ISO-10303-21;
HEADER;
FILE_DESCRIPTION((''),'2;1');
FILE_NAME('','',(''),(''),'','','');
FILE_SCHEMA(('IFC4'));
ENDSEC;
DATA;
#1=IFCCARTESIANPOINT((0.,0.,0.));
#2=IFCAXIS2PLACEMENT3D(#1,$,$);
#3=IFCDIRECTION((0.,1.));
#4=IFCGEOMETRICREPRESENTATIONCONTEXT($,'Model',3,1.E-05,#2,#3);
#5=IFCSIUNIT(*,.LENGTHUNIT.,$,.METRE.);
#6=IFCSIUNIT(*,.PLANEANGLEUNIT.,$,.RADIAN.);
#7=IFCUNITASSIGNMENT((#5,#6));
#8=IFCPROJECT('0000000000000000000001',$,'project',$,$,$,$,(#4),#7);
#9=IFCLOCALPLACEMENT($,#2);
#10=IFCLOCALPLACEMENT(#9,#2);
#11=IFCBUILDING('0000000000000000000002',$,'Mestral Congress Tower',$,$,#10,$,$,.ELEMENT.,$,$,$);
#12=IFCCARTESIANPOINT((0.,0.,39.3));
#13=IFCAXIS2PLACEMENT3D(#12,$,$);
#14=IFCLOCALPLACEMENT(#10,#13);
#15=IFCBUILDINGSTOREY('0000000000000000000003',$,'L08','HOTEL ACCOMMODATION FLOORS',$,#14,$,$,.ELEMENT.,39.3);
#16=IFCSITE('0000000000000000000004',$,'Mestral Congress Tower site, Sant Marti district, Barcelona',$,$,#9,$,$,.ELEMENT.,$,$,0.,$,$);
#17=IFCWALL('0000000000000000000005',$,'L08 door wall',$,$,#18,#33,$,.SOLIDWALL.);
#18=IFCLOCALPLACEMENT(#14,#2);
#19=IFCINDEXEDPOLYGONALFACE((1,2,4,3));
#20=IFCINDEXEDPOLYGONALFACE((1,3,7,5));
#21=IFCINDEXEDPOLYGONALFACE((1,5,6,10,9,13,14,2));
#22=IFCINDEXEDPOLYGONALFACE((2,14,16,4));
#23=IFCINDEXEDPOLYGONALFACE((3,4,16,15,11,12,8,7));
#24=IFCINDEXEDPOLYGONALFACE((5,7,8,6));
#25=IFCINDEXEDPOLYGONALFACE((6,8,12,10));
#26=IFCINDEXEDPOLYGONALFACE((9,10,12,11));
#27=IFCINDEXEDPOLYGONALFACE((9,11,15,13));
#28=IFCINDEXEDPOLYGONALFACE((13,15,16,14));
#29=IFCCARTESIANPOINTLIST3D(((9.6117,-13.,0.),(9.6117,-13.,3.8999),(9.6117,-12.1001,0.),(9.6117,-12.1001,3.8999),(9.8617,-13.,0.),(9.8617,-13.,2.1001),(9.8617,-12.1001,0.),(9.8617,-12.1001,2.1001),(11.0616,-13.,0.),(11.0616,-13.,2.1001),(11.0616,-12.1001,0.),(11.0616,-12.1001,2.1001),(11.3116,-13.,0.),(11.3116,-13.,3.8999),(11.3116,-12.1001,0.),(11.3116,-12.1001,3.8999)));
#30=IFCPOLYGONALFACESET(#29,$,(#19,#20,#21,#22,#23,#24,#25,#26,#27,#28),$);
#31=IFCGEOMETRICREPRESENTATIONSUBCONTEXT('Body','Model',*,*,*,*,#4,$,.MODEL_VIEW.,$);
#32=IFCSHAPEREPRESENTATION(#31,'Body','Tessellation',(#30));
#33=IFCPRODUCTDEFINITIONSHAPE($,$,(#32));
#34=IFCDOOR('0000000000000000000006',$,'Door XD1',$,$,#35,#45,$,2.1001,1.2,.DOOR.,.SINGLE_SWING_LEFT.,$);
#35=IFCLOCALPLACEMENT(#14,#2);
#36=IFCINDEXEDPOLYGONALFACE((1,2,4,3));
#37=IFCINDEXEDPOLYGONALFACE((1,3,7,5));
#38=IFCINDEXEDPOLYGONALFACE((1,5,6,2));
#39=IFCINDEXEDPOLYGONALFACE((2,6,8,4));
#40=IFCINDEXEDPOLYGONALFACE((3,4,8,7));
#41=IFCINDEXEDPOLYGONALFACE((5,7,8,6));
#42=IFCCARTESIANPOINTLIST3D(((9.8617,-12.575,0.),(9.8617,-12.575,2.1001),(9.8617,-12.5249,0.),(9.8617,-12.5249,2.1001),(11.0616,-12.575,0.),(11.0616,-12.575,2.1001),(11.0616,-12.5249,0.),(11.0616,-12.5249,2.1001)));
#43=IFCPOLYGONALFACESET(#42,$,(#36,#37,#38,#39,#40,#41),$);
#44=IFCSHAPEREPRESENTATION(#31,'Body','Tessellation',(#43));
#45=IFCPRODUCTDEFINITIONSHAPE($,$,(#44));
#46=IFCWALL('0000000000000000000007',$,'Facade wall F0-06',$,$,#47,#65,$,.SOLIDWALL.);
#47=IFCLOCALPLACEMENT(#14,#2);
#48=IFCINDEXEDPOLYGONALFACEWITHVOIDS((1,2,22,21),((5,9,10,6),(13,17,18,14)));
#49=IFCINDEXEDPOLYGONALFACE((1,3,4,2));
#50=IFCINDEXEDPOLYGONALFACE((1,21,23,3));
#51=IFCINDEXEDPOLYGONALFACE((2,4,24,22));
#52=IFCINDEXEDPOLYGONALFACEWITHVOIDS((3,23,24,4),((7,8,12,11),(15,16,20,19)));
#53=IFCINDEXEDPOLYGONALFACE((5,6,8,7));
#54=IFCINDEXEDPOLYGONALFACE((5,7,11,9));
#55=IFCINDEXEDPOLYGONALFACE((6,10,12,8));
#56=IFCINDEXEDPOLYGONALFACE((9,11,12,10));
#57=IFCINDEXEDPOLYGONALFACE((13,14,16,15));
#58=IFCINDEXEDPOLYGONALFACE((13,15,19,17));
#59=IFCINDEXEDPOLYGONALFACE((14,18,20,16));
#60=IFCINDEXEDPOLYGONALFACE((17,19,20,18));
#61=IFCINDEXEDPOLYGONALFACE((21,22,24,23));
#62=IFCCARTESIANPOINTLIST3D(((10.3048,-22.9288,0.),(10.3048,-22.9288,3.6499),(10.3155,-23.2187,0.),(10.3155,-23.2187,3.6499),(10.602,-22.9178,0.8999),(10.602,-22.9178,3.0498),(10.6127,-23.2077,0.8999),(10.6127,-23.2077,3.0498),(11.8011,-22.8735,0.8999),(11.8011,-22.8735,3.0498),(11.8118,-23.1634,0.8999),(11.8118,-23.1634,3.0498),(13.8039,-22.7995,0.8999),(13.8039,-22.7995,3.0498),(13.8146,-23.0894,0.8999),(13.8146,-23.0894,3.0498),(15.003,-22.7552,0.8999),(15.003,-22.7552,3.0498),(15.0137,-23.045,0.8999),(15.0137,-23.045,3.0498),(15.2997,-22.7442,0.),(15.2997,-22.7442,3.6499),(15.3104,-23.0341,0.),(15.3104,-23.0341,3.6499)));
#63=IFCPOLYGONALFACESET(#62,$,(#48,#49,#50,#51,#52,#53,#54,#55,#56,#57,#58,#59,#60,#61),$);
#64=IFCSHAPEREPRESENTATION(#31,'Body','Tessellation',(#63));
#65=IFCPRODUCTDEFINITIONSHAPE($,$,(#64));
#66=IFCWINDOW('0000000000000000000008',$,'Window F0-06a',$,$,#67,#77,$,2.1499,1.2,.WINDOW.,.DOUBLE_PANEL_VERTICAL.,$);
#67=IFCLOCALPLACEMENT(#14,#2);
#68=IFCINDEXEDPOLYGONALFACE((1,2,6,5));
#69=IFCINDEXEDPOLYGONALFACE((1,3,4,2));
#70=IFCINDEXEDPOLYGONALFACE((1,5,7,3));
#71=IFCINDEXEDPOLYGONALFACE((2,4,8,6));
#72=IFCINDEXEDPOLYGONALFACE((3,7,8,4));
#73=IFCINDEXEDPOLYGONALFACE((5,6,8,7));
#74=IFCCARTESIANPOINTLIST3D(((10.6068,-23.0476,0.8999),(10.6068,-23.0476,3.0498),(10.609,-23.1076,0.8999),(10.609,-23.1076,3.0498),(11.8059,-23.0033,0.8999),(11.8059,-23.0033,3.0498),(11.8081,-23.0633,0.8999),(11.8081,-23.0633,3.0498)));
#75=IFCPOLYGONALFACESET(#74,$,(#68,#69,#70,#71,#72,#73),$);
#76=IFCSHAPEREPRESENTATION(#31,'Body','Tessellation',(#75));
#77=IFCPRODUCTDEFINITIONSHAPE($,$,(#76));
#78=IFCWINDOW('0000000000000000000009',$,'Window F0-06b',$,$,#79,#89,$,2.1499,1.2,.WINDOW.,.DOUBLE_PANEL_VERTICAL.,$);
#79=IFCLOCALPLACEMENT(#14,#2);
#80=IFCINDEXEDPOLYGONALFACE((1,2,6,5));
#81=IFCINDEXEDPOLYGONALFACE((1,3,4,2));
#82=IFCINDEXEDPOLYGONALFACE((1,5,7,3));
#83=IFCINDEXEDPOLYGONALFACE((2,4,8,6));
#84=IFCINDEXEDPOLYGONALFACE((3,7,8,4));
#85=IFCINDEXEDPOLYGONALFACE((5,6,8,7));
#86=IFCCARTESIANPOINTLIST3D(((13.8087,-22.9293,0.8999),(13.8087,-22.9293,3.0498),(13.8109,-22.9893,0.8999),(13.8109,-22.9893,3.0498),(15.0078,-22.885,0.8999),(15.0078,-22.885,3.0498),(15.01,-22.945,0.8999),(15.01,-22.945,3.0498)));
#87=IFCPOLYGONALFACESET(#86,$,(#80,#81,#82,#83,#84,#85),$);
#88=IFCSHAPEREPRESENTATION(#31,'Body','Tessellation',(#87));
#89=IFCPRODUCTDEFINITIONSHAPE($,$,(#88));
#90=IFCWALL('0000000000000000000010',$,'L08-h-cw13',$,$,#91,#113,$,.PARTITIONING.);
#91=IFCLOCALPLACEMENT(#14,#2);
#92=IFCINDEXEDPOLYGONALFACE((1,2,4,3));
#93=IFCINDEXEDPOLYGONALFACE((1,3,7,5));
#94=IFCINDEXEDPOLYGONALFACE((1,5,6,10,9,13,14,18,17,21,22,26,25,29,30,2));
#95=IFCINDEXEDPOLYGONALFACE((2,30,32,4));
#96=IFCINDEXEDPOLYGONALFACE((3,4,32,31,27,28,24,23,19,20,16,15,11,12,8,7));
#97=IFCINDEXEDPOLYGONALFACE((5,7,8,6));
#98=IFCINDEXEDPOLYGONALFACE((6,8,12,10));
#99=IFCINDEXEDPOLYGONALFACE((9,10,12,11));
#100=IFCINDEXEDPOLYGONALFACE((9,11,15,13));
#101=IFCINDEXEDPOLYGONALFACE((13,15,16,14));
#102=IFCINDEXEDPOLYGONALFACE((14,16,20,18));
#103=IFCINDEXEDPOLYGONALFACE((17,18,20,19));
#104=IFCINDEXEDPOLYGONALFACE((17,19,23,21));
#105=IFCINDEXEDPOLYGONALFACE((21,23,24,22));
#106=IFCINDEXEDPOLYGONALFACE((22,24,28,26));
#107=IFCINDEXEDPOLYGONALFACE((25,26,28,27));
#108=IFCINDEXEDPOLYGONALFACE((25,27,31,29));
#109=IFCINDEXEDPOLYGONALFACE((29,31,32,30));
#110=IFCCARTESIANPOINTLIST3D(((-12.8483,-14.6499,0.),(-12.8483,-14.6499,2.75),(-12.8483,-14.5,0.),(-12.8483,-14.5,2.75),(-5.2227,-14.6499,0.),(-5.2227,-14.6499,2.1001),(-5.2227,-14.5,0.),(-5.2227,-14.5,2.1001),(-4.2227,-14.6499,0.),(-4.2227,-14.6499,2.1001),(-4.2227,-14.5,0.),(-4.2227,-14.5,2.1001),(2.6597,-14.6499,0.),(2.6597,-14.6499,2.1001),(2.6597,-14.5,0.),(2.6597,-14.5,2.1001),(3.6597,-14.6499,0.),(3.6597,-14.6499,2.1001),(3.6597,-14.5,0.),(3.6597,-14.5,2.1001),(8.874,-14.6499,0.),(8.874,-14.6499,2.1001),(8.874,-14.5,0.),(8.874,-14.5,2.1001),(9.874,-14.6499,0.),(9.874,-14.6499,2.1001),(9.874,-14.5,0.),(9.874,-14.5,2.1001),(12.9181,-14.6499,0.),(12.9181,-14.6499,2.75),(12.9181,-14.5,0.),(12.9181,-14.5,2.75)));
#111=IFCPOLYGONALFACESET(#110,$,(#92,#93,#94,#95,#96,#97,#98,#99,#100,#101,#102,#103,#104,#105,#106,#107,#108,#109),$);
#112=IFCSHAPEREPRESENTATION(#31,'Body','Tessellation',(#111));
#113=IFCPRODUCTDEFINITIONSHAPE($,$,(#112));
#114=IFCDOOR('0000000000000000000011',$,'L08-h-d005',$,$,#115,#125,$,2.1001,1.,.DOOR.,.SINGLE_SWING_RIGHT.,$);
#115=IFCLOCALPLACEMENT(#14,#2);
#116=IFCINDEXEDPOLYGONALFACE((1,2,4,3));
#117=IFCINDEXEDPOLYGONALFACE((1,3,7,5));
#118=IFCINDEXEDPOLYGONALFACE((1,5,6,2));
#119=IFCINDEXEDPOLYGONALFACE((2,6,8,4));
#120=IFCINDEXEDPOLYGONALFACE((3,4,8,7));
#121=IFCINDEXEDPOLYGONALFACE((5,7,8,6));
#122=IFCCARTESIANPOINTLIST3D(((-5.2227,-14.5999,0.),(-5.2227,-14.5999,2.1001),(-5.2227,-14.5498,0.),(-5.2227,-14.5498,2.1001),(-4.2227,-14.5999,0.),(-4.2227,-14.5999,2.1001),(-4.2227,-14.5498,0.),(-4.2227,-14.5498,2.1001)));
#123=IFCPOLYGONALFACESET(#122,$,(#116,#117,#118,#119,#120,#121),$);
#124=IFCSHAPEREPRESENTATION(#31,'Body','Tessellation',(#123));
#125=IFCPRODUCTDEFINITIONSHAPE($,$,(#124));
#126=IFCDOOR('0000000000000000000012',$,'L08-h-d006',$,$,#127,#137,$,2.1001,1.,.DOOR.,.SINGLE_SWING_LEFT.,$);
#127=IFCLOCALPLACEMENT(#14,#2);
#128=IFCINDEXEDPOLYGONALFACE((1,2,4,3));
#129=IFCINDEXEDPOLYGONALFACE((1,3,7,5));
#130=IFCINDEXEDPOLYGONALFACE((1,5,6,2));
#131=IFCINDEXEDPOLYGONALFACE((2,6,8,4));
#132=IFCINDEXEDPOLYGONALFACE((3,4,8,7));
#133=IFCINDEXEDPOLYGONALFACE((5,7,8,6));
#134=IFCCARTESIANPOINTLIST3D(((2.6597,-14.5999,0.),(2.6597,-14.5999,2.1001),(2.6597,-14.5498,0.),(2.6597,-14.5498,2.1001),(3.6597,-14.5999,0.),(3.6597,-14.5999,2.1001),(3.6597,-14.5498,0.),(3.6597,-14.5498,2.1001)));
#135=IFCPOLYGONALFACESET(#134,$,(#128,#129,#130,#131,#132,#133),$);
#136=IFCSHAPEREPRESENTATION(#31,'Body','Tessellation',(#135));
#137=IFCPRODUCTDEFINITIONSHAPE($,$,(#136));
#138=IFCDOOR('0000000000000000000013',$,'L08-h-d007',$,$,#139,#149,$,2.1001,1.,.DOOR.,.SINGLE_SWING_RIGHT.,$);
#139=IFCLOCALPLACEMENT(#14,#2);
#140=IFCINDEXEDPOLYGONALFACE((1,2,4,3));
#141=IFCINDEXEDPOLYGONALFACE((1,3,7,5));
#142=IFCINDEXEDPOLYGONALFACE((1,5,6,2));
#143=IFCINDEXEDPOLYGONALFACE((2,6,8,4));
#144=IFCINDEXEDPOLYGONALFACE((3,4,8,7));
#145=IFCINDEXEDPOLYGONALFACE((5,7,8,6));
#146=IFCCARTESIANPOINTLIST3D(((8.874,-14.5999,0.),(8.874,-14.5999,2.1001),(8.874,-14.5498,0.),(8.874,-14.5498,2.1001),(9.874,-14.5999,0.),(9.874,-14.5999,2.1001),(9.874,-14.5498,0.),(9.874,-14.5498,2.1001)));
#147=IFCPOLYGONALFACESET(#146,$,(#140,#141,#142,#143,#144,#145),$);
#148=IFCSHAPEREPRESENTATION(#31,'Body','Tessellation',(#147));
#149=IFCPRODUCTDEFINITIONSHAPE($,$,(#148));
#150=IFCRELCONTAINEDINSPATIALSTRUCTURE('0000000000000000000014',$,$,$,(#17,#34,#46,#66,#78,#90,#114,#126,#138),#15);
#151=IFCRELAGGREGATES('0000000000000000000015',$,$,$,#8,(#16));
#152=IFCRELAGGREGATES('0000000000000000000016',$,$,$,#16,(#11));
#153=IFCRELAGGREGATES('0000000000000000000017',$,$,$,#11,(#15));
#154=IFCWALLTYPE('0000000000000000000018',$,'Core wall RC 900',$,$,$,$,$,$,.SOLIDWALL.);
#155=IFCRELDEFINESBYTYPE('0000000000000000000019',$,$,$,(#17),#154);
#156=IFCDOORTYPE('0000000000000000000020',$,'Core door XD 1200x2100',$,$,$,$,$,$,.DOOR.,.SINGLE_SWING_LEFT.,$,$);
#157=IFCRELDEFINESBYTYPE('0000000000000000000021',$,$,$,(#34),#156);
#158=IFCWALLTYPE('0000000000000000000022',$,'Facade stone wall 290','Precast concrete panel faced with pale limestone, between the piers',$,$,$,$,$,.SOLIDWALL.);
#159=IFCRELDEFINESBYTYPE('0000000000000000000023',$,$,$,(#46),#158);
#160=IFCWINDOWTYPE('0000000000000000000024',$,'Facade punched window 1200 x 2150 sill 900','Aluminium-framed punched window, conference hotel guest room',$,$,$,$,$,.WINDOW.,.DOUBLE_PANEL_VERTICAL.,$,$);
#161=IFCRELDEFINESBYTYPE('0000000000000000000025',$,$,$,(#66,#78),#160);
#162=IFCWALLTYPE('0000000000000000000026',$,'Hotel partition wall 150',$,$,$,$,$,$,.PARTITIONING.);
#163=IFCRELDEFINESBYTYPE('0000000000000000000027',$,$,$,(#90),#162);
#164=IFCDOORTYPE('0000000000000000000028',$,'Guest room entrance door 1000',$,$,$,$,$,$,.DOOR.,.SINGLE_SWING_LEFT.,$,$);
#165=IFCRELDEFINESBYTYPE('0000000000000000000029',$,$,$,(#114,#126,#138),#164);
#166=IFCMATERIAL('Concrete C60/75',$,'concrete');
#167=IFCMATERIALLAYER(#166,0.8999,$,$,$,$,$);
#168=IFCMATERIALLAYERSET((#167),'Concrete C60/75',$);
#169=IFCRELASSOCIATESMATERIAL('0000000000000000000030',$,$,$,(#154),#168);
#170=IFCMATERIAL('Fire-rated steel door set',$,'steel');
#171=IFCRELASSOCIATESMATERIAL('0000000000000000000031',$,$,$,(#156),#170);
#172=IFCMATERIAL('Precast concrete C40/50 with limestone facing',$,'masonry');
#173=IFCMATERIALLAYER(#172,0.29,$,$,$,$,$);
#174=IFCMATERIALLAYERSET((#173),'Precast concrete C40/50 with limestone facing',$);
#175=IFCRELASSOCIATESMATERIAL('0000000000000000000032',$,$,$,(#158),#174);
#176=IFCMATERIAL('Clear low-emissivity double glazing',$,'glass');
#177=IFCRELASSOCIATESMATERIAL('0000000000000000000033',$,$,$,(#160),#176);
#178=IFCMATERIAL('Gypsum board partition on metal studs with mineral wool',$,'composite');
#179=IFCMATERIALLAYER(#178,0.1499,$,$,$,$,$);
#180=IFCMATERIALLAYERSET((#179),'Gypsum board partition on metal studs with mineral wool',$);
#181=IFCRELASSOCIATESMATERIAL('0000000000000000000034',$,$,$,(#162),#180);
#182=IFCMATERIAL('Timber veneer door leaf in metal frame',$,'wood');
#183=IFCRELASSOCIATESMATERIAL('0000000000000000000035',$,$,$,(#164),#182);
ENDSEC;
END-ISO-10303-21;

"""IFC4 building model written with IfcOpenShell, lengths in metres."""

from ifc_helpers import new_model, si_unit, direction, frame, frame_2d, origin, place, context, subcontext, project, spatial, rectangle, extrude, material, layer, layer_set, type_object, element, fill, save


model = new_model("IFC4")

# Units and contexts
model_context = context("Model", 3, precision=1e-05, world=origin(), true_north=direction((0.0, 1.0)))
body_context = subcontext(model_context, "Body", "Model", "MODEL_VIEW")
ifc_project = project(units=[si_unit("LENGTHUNIT", "METRE"), si_unit("PLANEANGLEUNIT", "RADIAN")], contexts=[model_context])

# Site, building, storey
site_placement = place(None, origin())
site = spatial("IfcSite", under=ifc_project, at=site_placement, Name="Mestral Congress Tower site, Sant Marti district, Barcelona", CompositionType="ELEMENT", RefElevation=0.0)
building_placement = place(site_placement, origin())
building = spatial("IfcBuilding", under=site, at=building_placement, Name="Mestral Congress Tower", CompositionType="ELEMENT")
storey_placement = place(building_placement, frame((0.0, 0.0, 39.3)))
storey = spatial("IfcBuildingStorey", under=building, at=storey_placement, Name="L08", Description="HOTEL ACCOMMODATION FLOORS", CompositionType="ELEMENT", Elevation=39.3)

# Shared definitions
ifc_material_1 = material(Name="Concrete C60/75", Category="concrete")
ifc_layer_1 = layer(ifc_material_1, 0.8999)
ifc_layer_set_1 = layer_set([ifc_layer_1], Name="Concrete C60/75")
wall_type_1 = type_object("IfcWallType", Name="Core wall RC 900", PredefinedType="SOLIDWALL", material=ifc_layer_set_1)

# Wall, opening, door
wall_1_placement = place(storey_placement, frame((11.3118, -12.55, 0.0), z_axis=(0.0, 0.0, 1.0), x_axis=(-1.0, 0.0, 0.0)))
wall_1 = element("IfcWall", 1, at=wall_1_placement, inside=storey, type_object=wall_type_1, Name="L08 door wall", PredefinedType="SOLIDWALL", context=body_context, shape_type="SweptSolid", body=[
    extrude(rectangle(XDim=1.7, YDim=0.8999, at=frame_2d((0.8501, 0.0))), origin(), (0.0, 0.0, 1.0), 3.8999),
])
opening_1_placement = place(wall_1_placement, frame((0.25, 0.0, 0.0)))
opening_1 = element("IfcOpeningElement", 2, at=opening_1_placement, cuts=wall_1, PredefinedType="OPENING", context=body_context, shape_type="SweptSolid", body=[
    extrude(rectangle(XDim=1.2, YDim=2.1001, at=frame_2d((0.6001, 1.05))), frame((0.0, 0.46, 0.0), z_axis=(0.0, -1.0, 0.0), x_axis=(1.0, 0.0, 0.0)), (0.0, 0.0, 1.0), 0.9199),
])
ifc_material_2 = material(Name="Fire-rated steel door set", Category="steel")
door_type_1 = type_object("IfcDoorType", Name="Core door XD 1200x2100", OperationType="SINGLE_SWING_LEFT", PredefinedType="DOOR", material=ifc_material_2)
door_1_placement = place(opening_1_placement, origin())
door_1 = element("IfcDoor", 3, at=door_1_placement, inside=storey, type_object=door_type_1, Name="Door XD1", OperationType="SINGLE_SWING_LEFT", OverallHeight=2.1001, OverallWidth=1.2, PredefinedType="DOOR", context=body_context, shape_type="SweptSolid", body=[
    extrude(rectangle(XDim=1.2, YDim=2.1001, at=frame_2d((0.6001, 1.05))), frame((0.0, 0.0249, 0.0), z_axis=(0.0, -1.0, 0.0), x_axis=(1.0, 0.0, 0.0)), (0.0, 0.0, 1.0), 0.05),
])
fill(opening_1, door_1)

# Wall, openings, windows
ifc_material_3 = material(Name="Precast concrete C40/50 with limestone facing", Category="masonry")
ifc_layer_2 = layer(ifc_material_3, 0.29)
ifc_layer_set_2 = layer_set([ifc_layer_2], Name="Precast concrete C40/50 with limestone facing")
wall_type_2 = type_object("IfcWallType", Name="Facade stone wall 290", Description="Precast concrete panel faced with pale limestone, between the piers", PredefinedType="SOLIDWALL", material=ifc_layer_set_2)
wall_2_placement = place(storey_placement, frame((10.3103, -23.0737, 0.0), z_axis=(0.0, 0.0, 1.0), x_axis=(0.999318, 0.036927, 0.0)))
wall_2 = element("IfcWall", 4, at=wall_2_placement, inside=storey, type_object=wall_type_2, Name="Facade wall F0-06", PredefinedType="SOLIDWALL", context=body_context, shape_type="SweptSolid", body=[
    extrude(rectangle(XDim=4.9983, YDim=0.29, at=frame_2d((2.499, 0.0))), origin(), (0.0, 0.0, 1.0), 3.6499),
])
opening_2_placement = place(wall_2_placement, frame((0.2971, 0.0, 0.8999)))
opening_2 = element("IfcOpeningElement", 5, at=opening_2_placement, cuts=wall_2, PredefinedType="OPENING", context=body_context, shape_type="SweptSolid", body=[
    extrude(rectangle(XDim=1.2, YDim=2.1499, at=frame_2d((0.6001, 1.075))), frame((0.0, 0.155, 0.0), z_axis=(0.0, -1.0, 0.0), x_axis=(1.0, 0.0, 0.0)), (0.0, 0.0, 1.0), 0.3101),
])
opening_3_placement = place(wall_2_placement, frame((3.5012, 0.0, 0.8999)))
opening_3 = element("IfcOpeningElement", 6, at=opening_3_placement, cuts=wall_2, PredefinedType="OPENING", context=body_context, shape_type="SweptSolid", body=[
    extrude(rectangle(XDim=1.2, YDim=2.1499, at=frame_2d((0.6001, 1.075))), frame((0.0, 0.155, 0.0), z_axis=(0.0, -1.0, 0.0), x_axis=(1.0, 0.0, 0.0)), (0.0, 0.0, 1.0), 0.3101),
])
ifc_material_4 = material(Name="Clear low-emissivity double glazing", Category="glass")
window_type = type_object("IfcWindowType", Name="Facade punched window 1200 x 2150 sill 900", Description="Aluminium-framed punched window, conference hotel guest room", PartitioningType="DOUBLE_PANEL_VERTICAL", PredefinedType="WINDOW", material=ifc_material_4)
window_1_placement = place(opening_2_placement, origin())
window_1 = element("IfcWindow", 7, at=window_1_placement, inside=storey, type_object=window_type, Name="Window F0-06a", OverallHeight=2.1499, OverallWidth=1.2, PartitioningType="DOUBLE_PANEL_VERTICAL", PredefinedType="WINDOW", context=body_context, shape_type="SweptSolid", body=[
    extrude(rectangle(XDim=1.2, YDim=2.1499, at=frame_2d((0.6001, 1.075))), frame((0.0, 0.0151, 0.0), z_axis=(0.0, -1.0, 0.0), x_axis=(1.0, 0.0, 0.0)), (0.0, 0.0, 1.0), 0.0601),
])
fill(opening_2, window_1)
window_2_placement = place(opening_3_placement, origin())
window_2 = element("IfcWindow", 8, at=window_2_placement, inside=storey, type_object=window_type, Name="Window F0-06b", OverallHeight=2.1499, OverallWidth=1.2, PartitioningType="DOUBLE_PANEL_VERTICAL", PredefinedType="WINDOW", context=body_context, shape_type="SweptSolid", body=[
    extrude(rectangle(XDim=1.2, YDim=2.1499, at=frame_2d((0.6001, 1.075))), frame((0.0, 0.0151, 0.0), z_axis=(0.0, -1.0, 0.0), x_axis=(1.0, 0.0, 0.0)), (0.0, 0.0, 1.0), 0.0601),
])
fill(opening_3, window_2)

# Wall, openings, doors
ifc_material_5 = material(Name="Gypsum board partition on metal studs with mineral wool", Category="composite")
ifc_layer_3 = layer(ifc_material_5, 0.1499)
ifc_layer_set_3 = layer_set([ifc_layer_3], Name="Gypsum board partition on metal studs with mineral wool")
wall_type_3 = type_object("IfcWallType", Name="Hotel partition wall 150", PredefinedType="PARTITIONING", material=ifc_layer_set_3)
wall_3_placement = place(storey_placement, frame((12.9182, -14.575, 0.0), z_axis=(0.0, 0.0, 1.0), x_axis=(-1.0, 0.0, 0.0)))
wall_3 = element("IfcWall", 9, at=wall_3_placement, inside=storey, type_object=wall_type_3, Name="L08-h-cw13", PredefinedType="PARTITIONING", context=body_context, shape_type="SweptSolid", body=[
    extrude(rectangle(XDim=25.7664, YDim=0.1499, at=frame_2d((12.8833, 0.0))), origin(), (0.0, 0.0, 1.0), 2.75),
])
opening_4_placement = place(wall_3_placement, frame((17.1409, 0.0, 0.0)))
opening_4 = element("IfcOpeningElement", 10, at=opening_4_placement, cuts=wall_3, PredefinedType="OPENING", context=body_context, shape_type="SweptSolid", body=[
    extrude(rectangle(XDim=1.0, YDim=2.1001, at=frame_2d((0.5, 1.05))), frame((0.0, 0.085, 0.0), z_axis=(0.0, -1.0, 0.0), x_axis=(1.0, 0.0, 0.0)), (0.0, 0.0, 1.0), 0.1699),
])
opening_5_placement = place(wall_3_placement, frame((9.2585, 0.0, 0.0)))
opening_5 = element("IfcOpeningElement", 11, at=opening_5_placement, cuts=wall_3, PredefinedType="OPENING", context=body_context, shape_type="SweptSolid", body=[
    extrude(rectangle(XDim=1.0, YDim=2.1001, at=frame_2d((0.5, 1.05))), frame((0.0, 0.085, 0.0), z_axis=(0.0, -1.0, 0.0), x_axis=(1.0, 0.0, 0.0)), (0.0, 0.0, 1.0), 0.1699),
])
opening_6_placement = place(wall_3_placement, frame((3.0442, 0.0, 0.0)))
opening_6 = element("IfcOpeningElement", 12, at=opening_6_placement, cuts=wall_3, PredefinedType="OPENING", context=body_context, shape_type="SweptSolid", body=[
    extrude(rectangle(XDim=1.0, YDim=2.1001, at=frame_2d((0.5, 1.05))), frame((0.0, 0.085, 0.0), z_axis=(0.0, -1.0, 0.0), x_axis=(1.0, 0.0, 0.0)), (0.0, 0.0, 1.0), 0.1699),
])
ifc_material_6 = material(Name="Timber veneer door leaf in metal frame", Category="wood")
door_type_2 = type_object("IfcDoorType", Name="Guest room entrance door 1000", OperationType="SINGLE_SWING_LEFT", PredefinedType="DOOR", material=ifc_material_6)
door_2_placement = place(opening_4_placement, origin())
door_2 = element("IfcDoor", 13, at=door_2_placement, inside=storey, type_object=door_type_2, Name="L08-h-d005", OperationType="SINGLE_SWING_RIGHT", OverallHeight=2.1001, OverallWidth=1.0, PredefinedType="DOOR", context=body_context, shape_type="SweptSolid", body=[
    extrude(rectangle(XDim=1.0, YDim=2.1001, at=frame_2d((0.5, 1.05))), frame((0.0, 0.0249, 0.0), z_axis=(0.0, -1.0, 0.0), x_axis=(1.0, 0.0, 0.0)), (0.0, 0.0, 1.0), 0.05),
])
fill(opening_4, door_2)
door_3_placement = place(opening_5_placement, origin())
door_3 = element("IfcDoor", 14, at=door_3_placement, inside=storey, type_object=door_type_2, Name="L08-h-d006", OperationType="SINGLE_SWING_LEFT", OverallHeight=2.1001, OverallWidth=1.0, PredefinedType="DOOR", context=body_context, shape_type="SweptSolid", body=[
    extrude(rectangle(XDim=1.0, YDim=2.1001, at=frame_2d((0.5, 1.05))), frame((0.0, 0.0249, 0.0), z_axis=(0.0, -1.0, 0.0), x_axis=(1.0, 0.0, 0.0)), (0.0, 0.0, 1.0), 0.05),
])
fill(opening_5, door_3)
door_4_placement = place(opening_6_placement, origin())
door_4 = element("IfcDoor", 15, at=door_4_placement, inside=storey, type_object=door_type_2, Name="L08-h-d007", OperationType="SINGLE_SWING_RIGHT", OverallHeight=2.1001, OverallWidth=1.0, PredefinedType="DOOR", context=body_context, shape_type="SweptSolid", body=[
    extrude(rectangle(XDim=1.0, YDim=2.1001, at=frame_2d((0.5, 1.05))), frame((0.0, 0.0249, 0.0), z_axis=(0.0, -1.0, 0.0), x_axis=(1.0, 0.0, 0.0)), (0.0, 0.0, 1.0), 0.05),
])
fill(opening_6, door_4)

save(model, "model.ifc")
